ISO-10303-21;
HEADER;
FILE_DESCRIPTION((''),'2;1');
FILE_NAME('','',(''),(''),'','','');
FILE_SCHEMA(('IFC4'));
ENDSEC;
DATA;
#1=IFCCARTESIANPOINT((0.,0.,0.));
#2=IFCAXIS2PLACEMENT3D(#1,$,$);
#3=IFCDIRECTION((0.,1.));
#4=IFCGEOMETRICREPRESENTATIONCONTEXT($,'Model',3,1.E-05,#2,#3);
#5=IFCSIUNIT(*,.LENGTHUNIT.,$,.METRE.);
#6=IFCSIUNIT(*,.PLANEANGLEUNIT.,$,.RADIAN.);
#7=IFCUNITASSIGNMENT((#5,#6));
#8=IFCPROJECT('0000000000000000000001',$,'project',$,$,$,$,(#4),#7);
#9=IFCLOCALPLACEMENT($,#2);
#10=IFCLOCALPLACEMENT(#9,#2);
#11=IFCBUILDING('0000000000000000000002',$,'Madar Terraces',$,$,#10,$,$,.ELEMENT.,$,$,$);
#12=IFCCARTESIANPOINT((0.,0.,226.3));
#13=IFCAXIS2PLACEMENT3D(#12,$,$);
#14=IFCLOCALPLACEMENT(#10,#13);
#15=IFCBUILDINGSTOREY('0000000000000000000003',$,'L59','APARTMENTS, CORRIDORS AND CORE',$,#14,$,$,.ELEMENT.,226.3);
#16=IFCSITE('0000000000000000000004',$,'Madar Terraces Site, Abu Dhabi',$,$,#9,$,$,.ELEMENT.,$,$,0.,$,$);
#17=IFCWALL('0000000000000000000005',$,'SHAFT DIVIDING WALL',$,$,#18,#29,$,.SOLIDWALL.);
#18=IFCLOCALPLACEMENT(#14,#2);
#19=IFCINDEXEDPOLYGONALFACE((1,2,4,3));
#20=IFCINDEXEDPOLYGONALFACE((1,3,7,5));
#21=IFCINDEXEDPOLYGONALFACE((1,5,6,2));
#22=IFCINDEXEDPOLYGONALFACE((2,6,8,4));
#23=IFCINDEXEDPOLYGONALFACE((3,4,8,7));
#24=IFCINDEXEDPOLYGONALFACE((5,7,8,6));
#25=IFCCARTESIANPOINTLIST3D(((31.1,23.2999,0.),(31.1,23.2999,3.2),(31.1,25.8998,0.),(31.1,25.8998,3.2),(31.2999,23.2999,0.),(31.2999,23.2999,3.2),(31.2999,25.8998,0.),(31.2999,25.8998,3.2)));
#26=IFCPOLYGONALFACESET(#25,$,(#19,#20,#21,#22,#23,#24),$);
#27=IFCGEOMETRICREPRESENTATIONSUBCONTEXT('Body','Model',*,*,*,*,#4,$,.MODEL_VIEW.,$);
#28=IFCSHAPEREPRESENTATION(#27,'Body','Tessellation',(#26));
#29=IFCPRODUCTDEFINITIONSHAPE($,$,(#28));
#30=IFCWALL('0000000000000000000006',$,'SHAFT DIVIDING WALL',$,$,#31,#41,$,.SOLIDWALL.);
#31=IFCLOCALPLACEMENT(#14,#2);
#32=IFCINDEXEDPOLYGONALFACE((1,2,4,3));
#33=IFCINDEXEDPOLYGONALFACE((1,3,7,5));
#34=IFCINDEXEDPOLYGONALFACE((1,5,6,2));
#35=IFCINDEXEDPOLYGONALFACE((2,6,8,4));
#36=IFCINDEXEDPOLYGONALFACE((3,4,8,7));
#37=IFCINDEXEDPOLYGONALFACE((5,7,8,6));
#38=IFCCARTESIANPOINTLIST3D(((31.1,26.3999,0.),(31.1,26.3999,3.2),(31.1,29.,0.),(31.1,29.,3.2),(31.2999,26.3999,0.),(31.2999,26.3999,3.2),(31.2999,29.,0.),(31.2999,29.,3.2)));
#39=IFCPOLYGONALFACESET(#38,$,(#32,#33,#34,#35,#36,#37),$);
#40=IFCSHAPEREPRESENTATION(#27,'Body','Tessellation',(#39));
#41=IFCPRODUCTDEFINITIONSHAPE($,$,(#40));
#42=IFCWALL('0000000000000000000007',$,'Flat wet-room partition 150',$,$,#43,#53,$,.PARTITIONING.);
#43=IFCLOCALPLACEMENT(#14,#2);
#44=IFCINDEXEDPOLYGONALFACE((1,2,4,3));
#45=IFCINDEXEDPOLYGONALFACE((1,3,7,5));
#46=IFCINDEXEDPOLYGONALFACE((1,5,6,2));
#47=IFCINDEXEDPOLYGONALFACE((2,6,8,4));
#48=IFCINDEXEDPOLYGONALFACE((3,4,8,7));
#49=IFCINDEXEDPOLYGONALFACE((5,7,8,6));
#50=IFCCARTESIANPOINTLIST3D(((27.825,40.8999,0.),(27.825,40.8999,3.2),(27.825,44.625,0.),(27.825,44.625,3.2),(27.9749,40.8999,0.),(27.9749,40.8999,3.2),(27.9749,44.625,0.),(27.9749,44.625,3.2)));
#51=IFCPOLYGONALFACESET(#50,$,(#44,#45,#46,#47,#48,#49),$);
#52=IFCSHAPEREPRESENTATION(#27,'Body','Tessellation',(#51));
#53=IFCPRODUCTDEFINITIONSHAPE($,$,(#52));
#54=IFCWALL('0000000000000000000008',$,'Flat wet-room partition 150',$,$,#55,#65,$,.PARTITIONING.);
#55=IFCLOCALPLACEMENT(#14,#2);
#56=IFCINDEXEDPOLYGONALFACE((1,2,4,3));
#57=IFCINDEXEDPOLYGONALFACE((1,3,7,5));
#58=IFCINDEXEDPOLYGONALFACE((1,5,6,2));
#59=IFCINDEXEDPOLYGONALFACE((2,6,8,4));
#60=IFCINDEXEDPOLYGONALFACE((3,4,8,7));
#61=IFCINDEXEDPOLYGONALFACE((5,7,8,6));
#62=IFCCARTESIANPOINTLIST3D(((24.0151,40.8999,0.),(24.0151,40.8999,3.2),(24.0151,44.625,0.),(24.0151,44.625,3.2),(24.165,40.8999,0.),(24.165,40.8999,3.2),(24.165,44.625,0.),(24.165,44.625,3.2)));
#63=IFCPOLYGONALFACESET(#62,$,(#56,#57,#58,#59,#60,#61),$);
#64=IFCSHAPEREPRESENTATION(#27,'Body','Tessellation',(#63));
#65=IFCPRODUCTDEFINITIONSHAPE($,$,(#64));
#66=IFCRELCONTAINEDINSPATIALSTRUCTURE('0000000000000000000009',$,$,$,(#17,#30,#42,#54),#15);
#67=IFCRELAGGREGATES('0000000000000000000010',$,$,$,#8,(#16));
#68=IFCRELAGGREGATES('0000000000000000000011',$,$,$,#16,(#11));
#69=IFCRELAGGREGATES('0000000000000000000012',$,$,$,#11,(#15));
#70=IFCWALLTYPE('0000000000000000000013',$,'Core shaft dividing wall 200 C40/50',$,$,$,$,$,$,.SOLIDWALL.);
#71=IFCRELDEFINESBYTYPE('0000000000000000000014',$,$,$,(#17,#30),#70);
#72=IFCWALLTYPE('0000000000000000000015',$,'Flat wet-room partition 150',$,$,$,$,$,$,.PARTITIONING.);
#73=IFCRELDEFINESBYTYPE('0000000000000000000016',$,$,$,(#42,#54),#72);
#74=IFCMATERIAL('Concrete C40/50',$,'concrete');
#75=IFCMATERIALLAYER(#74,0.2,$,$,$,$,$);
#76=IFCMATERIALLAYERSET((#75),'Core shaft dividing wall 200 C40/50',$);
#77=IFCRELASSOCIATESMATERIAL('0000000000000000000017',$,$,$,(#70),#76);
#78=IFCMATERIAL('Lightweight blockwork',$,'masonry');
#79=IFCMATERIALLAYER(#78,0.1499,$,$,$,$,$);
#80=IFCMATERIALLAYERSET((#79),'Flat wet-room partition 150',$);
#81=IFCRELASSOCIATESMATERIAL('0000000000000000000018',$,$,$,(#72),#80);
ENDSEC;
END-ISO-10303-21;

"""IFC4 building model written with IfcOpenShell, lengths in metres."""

from ifc_helpers import new_model, si_unit, direction, frame, frame_2d, origin, place, context, subcontext, project, spatial, rectangle, extrude, material, layer, layer_set, type_object, element, save


model = new_model("IFC4")

# Units and contexts
model_context = context("Model", 3, precision=1e-05, world=origin(), true_north=direction((0.0, 1.0)))
body_context = subcontext(model_context, "Body", "Model", "MODEL_VIEW")
ifc_project = project(units=[si_unit("LENGTHUNIT", "METRE"), si_unit("PLANEANGLEUNIT", "RADIAN")], contexts=[model_context])

# Site, building, storey
site_placement = place(None, origin())
site = spatial("IfcSite", under=ifc_project, at=site_placement, Name="Madar Terraces Site, Abu Dhabi", CompositionType="ELEMENT", RefElevation=0.0)
building_placement = place(site_placement, origin())
building = spatial("IfcBuilding", under=site, at=building_placement, Name="Madar Terraces", CompositionType="ELEMENT")
storey_placement = place(building_placement, frame((0.0, 0.0, 226.3)))
storey = spatial("IfcBuildingStorey", under=building, at=storey_placement, Name="L59", Description="APARTMENTS, CORRIDORS AND CORE", CompositionType="ELEMENT", Elevation=226.3)

# Walls
ifc_material_1 = material(Name="Concrete C40/50", Category="concrete")
ifc_layer_1 = layer(ifc_material_1, 0.2)
ifc_layer_set_1 = layer_set([ifc_layer_1], Name="Core shaft dividing wall 200 C40/50")
wall_type_1 = type_object("IfcWallType", Name="Core shaft dividing wall 200 C40/50", PredefinedType="SOLIDWALL", material=ifc_layer_set_1)
wall_1_placement = place(storey_placement, frame((31.2, 23.3, 0.0), z_axis=(0.0, 0.0, 1.0), x_axis=(0.0, 1.0, 0.0)))
element("IfcWall", 1, at=wall_1_placement, inside=storey, type_object=wall_type_1, Name="SHAFT DIVIDING WALL", PredefinedType="SOLIDWALL", context=body_context, shape_type="SweptSolid", body=[
    extrude(rectangle(XDim=2.5999, YDim=0.2, at=frame_2d((1.2998, 0.0))), origin(), (0.0, 0.0, 1.0), 3.2),
])
wall_2_placement = place(storey_placement, frame((31.2, 26.3999, 0.0), z_axis=(0.0, 0.0, 1.0), x_axis=(0.0, 1.0, 0.0)))
element("IfcWall", 2, at=wall_2_placement, inside=storey, type_object=wall_type_1, Name="SHAFT DIVIDING WALL", PredefinedType="SOLIDWALL", context=body_context, shape_type="SweptSolid", body=[
    extrude(rectangle(XDim=2.6001, YDim=0.2, at=frame_2d((1.3, 0.0))), origin(), (0.0, 0.0, 1.0), 3.2),
])
ifc_material_2 = material(Name="Lightweight blockwork", Category="masonry")
ifc_layer_2 = layer(ifc_material_2, 0.1499)
ifc_layer_set_2 = layer_set([ifc_layer_2], Name="Flat wet-room partition 150")
wall_type_2 = type_object("IfcWallType", Name="Flat wet-room partition 150", PredefinedType="PARTITIONING", material=ifc_layer_set_2)
for number, where, z_axis, x_axis, name in (
    (3, (27.8999, 40.8999, 0.0), (0.0, 0.0, 1.0), (0.0, 1.0, 0.0), "Flat wet-room partition 150"),
    (4, (24.0901, 40.8999, 0.0), (0.0, 0.0, 1.0), (0.0, 1.0, 0.0), "Flat wet-room partition 150"),
):
    element("IfcWall", number, at=place(storey_placement, frame(where, z_axis=z_axis, x_axis=x_axis)), inside=storey, type_object=wall_type_2, Name=name, PredefinedType="PARTITIONING", context=body_context, shape_type="SweptSolid", body=[
        extrude(rectangle(XDim=3.7251, YDim=0.1499, at=frame_2d((1.8625, 0.0))), origin(), (0.0, 0.0, 1.0), 3.2),
    ])

save(model, "model.ifc")
